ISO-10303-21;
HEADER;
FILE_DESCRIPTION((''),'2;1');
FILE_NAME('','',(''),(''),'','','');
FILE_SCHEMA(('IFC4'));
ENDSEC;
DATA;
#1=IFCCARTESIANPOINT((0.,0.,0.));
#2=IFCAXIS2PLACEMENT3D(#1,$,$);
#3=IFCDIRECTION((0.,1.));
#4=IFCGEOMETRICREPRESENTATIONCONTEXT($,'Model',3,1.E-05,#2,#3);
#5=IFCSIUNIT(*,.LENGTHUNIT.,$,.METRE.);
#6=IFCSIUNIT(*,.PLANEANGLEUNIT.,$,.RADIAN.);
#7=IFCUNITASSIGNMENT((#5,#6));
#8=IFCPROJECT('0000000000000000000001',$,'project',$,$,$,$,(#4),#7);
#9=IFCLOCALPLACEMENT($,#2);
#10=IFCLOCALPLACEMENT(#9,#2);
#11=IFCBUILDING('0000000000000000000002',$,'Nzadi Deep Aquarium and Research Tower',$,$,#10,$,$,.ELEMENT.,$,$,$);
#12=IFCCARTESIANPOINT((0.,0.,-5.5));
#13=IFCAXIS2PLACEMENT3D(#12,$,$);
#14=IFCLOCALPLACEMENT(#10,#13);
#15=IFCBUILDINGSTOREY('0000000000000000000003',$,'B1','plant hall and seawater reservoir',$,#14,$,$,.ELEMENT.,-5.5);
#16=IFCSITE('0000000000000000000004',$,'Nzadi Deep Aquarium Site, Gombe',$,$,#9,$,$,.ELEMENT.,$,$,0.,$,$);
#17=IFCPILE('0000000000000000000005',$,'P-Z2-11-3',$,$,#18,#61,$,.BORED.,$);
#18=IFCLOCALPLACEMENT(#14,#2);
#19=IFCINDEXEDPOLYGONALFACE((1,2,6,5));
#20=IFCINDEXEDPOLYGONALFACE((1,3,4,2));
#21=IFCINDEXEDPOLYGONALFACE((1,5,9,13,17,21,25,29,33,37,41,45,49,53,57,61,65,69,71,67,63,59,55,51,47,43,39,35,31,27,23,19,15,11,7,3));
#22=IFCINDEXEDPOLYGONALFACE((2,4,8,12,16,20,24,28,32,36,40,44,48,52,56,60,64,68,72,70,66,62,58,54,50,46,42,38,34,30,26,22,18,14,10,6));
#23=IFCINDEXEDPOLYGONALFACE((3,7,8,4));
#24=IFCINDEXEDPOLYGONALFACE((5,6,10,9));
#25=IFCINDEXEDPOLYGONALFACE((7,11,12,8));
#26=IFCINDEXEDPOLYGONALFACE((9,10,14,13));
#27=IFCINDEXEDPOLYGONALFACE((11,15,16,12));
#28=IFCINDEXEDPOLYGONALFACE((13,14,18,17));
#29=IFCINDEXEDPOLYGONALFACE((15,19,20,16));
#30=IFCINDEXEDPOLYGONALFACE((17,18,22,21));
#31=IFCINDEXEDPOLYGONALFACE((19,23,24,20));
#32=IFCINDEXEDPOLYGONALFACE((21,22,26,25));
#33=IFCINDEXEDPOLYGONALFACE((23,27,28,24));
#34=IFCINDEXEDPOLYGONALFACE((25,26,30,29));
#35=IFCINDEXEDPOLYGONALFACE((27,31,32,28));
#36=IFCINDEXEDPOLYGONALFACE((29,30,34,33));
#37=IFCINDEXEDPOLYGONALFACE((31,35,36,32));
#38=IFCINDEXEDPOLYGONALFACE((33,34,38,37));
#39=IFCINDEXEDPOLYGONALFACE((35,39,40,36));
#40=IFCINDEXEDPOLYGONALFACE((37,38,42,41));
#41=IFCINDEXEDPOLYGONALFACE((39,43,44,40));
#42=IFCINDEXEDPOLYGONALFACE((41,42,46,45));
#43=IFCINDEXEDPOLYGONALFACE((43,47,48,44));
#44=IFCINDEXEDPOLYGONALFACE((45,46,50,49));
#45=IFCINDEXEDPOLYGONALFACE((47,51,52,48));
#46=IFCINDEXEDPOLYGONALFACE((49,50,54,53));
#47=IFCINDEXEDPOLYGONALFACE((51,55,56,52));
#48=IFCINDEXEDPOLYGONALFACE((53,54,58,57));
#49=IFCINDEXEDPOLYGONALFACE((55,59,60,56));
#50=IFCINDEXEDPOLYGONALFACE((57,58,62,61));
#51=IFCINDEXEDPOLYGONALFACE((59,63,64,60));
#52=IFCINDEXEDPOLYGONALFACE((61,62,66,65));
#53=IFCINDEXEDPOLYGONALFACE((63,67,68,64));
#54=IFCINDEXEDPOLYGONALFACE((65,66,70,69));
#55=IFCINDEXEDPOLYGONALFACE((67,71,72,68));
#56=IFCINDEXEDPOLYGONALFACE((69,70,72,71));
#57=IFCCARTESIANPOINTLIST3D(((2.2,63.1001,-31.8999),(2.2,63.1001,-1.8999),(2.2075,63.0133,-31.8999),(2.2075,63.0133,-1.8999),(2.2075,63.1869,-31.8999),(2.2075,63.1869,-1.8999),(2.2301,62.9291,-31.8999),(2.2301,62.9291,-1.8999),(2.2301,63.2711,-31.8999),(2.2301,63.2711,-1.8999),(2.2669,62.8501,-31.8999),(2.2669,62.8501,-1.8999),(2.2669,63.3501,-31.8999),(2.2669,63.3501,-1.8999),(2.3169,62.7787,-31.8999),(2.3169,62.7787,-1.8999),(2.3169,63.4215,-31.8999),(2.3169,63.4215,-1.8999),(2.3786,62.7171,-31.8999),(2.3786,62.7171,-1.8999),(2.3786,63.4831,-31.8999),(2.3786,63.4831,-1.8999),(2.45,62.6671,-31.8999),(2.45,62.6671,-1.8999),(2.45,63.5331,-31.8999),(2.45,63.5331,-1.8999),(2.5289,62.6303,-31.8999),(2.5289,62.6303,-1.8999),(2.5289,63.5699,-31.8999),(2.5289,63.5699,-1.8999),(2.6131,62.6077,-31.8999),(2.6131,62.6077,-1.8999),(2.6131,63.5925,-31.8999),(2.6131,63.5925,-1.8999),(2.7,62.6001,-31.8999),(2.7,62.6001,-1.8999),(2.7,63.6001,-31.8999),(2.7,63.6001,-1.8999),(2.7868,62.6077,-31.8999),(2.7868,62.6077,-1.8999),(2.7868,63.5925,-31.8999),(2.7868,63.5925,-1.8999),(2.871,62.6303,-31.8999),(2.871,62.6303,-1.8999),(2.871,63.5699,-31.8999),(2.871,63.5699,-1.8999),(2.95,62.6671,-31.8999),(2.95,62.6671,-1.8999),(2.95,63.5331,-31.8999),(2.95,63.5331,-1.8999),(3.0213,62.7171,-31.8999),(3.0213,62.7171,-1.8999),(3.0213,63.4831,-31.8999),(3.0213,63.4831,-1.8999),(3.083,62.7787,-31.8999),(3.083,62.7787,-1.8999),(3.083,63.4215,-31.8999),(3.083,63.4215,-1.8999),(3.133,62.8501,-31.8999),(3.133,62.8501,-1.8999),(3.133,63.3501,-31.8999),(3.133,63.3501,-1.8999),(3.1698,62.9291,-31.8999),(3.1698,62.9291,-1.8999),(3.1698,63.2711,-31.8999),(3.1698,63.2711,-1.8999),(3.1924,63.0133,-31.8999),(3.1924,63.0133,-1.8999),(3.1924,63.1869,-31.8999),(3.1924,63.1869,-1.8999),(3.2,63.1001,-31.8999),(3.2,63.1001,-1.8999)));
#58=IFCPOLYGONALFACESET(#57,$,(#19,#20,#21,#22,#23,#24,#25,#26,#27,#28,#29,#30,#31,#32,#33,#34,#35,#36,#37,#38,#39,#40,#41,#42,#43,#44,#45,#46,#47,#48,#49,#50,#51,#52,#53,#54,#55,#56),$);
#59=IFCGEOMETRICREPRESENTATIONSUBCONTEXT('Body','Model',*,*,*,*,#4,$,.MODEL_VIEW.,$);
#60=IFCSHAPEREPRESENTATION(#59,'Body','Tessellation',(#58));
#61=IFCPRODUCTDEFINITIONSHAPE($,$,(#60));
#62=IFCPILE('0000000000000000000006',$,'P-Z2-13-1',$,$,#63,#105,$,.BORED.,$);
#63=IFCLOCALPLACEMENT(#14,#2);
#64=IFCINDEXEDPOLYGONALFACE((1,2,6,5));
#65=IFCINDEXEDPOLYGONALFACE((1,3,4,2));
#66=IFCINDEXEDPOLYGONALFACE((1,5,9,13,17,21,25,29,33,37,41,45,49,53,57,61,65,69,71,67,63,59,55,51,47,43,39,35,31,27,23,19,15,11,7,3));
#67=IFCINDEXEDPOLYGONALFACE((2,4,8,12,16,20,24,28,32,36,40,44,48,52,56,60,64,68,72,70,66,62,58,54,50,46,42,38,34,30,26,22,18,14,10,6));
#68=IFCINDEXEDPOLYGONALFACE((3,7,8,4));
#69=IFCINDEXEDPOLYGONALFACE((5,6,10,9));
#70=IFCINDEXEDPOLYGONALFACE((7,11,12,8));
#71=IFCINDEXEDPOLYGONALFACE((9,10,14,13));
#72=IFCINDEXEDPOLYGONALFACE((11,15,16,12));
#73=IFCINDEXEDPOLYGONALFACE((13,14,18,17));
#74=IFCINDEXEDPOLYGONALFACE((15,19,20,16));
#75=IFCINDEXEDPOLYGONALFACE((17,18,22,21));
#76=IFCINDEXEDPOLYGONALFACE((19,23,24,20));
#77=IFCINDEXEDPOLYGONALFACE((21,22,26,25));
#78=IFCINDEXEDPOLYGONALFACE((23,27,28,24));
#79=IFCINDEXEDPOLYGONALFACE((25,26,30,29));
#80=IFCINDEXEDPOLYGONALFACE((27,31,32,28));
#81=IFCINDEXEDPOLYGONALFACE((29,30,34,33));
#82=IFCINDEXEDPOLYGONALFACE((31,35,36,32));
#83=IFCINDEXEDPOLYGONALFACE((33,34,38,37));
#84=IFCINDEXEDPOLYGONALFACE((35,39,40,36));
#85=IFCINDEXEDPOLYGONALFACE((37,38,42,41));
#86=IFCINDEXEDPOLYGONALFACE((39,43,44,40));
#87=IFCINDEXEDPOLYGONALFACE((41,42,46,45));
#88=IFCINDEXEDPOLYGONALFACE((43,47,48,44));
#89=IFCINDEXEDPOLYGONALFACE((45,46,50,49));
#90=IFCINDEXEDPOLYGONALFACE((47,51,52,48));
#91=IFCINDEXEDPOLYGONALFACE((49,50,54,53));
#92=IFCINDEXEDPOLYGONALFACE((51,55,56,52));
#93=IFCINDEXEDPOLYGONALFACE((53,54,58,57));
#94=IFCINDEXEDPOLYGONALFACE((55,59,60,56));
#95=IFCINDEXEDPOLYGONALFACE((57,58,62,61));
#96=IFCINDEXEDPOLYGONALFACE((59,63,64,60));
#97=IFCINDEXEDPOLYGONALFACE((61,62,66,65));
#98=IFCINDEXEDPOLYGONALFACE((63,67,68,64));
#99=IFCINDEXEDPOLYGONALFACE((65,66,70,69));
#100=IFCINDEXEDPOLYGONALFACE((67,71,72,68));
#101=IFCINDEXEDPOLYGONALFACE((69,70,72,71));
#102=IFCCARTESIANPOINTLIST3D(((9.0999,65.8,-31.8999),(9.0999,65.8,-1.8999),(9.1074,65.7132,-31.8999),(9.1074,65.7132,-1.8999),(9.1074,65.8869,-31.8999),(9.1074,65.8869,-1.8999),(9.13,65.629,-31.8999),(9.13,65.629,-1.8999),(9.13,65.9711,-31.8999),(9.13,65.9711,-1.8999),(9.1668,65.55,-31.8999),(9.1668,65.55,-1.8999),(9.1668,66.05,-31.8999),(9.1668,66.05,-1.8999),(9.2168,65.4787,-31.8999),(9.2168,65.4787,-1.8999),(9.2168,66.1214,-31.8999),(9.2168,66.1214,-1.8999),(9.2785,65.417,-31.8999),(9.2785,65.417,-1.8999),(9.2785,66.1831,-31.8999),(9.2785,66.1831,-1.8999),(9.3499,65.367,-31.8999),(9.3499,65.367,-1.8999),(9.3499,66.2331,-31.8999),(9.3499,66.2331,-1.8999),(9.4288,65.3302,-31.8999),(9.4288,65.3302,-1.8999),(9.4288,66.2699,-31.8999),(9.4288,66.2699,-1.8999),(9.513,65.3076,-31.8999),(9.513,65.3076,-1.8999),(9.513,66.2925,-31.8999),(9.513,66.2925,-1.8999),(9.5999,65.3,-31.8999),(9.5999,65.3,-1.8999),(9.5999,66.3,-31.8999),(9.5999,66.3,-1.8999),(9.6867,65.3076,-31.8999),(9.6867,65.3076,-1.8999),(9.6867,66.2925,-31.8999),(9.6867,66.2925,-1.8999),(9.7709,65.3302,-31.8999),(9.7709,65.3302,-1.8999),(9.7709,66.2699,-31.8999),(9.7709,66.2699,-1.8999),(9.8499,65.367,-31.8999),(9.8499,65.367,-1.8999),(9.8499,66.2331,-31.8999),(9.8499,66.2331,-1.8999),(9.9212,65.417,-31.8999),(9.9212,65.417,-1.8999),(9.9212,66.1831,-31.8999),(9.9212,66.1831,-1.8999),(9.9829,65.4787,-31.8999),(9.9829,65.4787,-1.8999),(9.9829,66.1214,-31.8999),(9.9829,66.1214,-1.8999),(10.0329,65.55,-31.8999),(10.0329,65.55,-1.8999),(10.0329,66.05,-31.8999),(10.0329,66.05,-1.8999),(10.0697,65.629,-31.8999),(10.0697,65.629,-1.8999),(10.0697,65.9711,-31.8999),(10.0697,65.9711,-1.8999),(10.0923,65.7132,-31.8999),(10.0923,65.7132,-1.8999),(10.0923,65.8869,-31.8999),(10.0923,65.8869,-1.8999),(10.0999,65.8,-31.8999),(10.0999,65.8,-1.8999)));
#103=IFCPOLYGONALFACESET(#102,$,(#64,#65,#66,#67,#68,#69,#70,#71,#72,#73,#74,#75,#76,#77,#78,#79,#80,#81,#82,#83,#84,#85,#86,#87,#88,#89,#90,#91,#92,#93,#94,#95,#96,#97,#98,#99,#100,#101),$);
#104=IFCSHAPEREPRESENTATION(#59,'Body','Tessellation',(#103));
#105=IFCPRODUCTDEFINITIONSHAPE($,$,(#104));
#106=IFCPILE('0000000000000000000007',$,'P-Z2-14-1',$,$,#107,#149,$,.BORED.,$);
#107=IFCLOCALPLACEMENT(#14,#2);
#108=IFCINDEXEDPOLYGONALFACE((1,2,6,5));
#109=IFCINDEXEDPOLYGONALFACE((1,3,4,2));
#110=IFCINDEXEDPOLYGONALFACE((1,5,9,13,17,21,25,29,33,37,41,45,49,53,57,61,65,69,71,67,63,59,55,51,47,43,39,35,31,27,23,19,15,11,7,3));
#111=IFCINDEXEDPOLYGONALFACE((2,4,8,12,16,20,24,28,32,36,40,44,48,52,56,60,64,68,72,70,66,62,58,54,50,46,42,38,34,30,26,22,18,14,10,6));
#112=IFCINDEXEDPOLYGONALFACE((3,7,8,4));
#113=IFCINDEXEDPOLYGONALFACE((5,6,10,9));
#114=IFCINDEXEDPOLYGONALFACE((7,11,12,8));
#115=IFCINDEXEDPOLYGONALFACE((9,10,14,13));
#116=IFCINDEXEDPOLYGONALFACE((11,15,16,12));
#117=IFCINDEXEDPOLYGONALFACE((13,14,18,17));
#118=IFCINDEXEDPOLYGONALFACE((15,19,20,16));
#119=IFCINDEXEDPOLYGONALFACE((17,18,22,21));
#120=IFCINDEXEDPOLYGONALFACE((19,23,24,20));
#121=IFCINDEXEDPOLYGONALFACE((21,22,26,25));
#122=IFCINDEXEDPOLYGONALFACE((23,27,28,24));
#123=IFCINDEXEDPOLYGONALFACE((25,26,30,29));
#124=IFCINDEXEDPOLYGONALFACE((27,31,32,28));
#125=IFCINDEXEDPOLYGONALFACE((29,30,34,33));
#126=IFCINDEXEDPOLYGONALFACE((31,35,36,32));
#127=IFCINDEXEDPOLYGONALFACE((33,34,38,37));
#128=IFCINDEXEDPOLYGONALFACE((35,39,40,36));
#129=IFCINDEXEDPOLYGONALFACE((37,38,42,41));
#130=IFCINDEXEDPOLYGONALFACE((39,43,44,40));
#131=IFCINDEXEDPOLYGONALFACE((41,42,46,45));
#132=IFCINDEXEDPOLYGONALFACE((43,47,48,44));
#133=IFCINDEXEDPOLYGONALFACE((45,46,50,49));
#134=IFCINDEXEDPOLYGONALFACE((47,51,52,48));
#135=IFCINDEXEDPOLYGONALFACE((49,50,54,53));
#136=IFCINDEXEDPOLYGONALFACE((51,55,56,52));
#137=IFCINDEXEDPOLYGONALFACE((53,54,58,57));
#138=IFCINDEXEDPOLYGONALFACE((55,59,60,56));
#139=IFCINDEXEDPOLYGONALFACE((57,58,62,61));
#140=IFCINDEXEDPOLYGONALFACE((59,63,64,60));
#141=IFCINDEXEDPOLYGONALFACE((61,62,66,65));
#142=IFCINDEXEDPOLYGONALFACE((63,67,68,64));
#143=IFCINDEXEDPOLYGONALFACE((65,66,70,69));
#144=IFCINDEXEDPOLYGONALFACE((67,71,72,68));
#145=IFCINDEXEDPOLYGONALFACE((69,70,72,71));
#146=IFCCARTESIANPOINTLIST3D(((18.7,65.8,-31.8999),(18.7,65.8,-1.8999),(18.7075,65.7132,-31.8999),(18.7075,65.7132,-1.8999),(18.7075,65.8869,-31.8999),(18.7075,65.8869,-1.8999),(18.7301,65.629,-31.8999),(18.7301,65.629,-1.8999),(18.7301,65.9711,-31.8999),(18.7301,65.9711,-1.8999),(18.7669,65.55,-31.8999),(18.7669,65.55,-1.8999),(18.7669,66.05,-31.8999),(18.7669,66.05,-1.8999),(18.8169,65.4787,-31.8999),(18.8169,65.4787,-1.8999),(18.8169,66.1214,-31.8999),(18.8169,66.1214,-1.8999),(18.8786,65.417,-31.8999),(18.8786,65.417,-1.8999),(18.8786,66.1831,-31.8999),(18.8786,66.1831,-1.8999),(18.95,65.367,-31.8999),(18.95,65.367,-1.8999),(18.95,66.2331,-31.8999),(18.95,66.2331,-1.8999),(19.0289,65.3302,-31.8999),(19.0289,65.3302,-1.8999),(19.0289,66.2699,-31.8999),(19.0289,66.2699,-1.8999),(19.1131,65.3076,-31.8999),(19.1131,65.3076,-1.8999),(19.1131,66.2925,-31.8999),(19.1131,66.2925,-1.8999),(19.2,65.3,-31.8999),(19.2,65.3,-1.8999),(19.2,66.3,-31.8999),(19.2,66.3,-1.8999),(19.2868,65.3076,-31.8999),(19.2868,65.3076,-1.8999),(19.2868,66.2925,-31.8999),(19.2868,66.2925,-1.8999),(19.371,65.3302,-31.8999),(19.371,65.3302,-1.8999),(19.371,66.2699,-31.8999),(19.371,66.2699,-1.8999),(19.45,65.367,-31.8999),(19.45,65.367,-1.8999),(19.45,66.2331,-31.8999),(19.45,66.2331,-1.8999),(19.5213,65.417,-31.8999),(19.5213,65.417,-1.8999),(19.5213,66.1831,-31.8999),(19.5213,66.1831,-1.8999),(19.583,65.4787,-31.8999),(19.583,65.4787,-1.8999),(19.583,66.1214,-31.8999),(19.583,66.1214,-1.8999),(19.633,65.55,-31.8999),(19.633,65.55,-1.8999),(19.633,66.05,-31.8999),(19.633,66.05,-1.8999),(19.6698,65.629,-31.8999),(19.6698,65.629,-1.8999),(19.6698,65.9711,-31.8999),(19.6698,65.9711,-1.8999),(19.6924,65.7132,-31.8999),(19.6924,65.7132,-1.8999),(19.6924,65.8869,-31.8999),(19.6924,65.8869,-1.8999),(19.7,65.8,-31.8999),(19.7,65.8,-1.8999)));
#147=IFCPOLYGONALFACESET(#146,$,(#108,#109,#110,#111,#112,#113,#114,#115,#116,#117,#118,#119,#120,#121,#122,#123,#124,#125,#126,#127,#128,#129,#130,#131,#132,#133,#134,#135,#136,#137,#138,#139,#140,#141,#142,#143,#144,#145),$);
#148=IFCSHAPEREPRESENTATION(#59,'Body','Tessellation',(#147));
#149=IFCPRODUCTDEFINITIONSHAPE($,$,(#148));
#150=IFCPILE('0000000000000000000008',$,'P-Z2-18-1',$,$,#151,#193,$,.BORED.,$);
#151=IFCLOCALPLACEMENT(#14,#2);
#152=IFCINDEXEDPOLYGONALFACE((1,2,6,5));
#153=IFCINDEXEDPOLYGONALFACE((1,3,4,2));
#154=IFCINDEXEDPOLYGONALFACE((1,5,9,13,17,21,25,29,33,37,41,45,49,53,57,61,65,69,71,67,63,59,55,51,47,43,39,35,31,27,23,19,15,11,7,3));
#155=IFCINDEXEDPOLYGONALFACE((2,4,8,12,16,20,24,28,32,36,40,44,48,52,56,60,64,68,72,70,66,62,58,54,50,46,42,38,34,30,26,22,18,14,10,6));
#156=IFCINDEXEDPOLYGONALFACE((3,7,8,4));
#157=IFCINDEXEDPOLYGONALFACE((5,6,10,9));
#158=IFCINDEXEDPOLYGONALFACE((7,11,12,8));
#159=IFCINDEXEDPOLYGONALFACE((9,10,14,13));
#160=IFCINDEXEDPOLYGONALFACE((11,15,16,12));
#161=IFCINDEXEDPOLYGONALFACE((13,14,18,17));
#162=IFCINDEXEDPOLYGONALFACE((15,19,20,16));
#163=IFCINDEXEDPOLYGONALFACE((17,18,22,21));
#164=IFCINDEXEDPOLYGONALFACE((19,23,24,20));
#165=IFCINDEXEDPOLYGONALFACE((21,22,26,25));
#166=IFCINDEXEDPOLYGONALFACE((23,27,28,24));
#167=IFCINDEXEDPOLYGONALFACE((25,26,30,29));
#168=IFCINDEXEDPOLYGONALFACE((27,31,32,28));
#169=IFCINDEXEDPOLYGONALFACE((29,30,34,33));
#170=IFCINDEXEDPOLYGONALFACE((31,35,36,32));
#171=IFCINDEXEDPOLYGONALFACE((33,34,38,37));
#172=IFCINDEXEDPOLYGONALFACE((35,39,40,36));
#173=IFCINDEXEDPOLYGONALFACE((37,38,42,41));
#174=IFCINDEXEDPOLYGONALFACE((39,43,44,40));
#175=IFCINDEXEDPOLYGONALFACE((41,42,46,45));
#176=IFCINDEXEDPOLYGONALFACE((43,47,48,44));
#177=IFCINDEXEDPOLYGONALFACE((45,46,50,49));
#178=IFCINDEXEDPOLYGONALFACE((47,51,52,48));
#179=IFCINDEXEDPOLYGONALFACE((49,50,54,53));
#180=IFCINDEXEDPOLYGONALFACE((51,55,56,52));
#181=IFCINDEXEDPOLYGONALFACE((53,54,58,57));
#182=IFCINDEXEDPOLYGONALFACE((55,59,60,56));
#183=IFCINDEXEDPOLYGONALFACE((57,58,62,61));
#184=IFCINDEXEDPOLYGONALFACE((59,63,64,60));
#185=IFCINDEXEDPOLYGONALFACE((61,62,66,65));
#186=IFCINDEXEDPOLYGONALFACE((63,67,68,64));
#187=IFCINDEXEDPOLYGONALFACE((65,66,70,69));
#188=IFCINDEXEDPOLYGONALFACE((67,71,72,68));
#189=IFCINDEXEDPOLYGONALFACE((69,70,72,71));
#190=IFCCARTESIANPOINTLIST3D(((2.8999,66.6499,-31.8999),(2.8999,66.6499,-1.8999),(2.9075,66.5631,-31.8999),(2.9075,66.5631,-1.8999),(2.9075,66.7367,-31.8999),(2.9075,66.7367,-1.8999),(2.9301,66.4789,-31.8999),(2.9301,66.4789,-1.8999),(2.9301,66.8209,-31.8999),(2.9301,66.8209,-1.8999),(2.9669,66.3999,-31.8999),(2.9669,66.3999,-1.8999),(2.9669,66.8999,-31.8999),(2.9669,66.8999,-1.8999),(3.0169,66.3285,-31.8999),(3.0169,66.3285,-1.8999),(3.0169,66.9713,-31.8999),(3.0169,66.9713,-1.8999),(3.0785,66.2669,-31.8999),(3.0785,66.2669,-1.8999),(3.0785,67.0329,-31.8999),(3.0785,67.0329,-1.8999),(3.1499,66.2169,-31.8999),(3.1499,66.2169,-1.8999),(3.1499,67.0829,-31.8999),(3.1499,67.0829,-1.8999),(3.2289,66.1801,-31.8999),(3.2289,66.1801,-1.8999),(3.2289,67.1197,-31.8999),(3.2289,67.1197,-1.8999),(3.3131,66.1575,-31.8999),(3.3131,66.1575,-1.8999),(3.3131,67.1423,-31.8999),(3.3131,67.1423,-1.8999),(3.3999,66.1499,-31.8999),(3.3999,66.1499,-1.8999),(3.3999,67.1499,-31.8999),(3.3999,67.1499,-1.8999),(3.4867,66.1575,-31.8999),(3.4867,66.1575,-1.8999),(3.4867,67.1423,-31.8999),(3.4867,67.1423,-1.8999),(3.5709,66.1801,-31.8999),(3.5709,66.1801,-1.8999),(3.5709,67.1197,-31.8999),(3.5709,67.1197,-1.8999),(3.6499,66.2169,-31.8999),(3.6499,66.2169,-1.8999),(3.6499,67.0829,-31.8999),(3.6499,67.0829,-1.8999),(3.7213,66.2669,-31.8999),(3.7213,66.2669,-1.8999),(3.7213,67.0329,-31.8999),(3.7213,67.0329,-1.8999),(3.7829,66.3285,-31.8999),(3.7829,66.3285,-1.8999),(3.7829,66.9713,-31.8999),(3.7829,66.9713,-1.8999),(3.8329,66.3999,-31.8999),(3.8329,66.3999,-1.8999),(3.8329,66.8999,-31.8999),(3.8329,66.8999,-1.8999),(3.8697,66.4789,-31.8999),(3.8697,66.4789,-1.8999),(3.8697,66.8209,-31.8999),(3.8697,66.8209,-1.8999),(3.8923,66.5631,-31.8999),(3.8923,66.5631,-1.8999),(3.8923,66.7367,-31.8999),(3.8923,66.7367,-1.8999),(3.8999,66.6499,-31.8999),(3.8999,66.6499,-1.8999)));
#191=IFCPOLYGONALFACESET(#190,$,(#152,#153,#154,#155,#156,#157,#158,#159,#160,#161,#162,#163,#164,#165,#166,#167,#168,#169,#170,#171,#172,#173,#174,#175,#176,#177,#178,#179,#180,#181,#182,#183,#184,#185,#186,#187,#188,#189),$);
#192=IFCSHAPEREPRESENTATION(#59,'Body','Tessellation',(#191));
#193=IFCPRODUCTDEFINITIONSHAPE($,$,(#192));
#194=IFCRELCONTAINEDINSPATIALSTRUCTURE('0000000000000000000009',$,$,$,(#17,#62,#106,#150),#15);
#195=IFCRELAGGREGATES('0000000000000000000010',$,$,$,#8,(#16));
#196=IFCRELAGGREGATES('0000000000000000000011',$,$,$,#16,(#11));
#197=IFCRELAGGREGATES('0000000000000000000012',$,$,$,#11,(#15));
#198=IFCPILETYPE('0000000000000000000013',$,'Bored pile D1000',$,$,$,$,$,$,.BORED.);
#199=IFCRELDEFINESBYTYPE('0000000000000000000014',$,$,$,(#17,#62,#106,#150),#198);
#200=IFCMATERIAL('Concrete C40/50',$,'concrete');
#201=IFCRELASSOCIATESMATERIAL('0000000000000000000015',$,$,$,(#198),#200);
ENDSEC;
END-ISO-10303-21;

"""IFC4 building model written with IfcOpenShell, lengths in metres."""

from ifc_helpers import new_model, si_unit, direction, frame, origin, origin_2d, place, context, subcontext, project, spatial, circle, extrude, material, material_profile, profile_set, type_object, element, save


model = new_model("IFC4")

# Units and contexts
model_context = context("Model", 3, precision=1e-05, world=origin(), true_north=direction((0.0, 1.0)))
body_context = subcontext(model_context, "Body", "Model", "MODEL_VIEW")
ifc_project = project(units=[si_unit("LENGTHUNIT", "METRE"), si_unit("PLANEANGLEUNIT", "RADIAN")], contexts=[model_context])

# Site, building, storey
site_placement = place(None, origin())
site = spatial("IfcSite", under=ifc_project, at=site_placement, Name="Nzadi Deep Aquarium Site, Gombe", CompositionType="ELEMENT", RefElevation=0.0)
building_placement = place(site_placement, origin())
building = spatial("IfcBuilding", under=site, at=building_placement, Name="Nzadi Deep Aquarium and Research Tower", CompositionType="ELEMENT")
storey_placement = place(building_placement, frame((0.0, 0.0, -5.5)))
storey = spatial("IfcBuildingStorey", under=building, at=storey_placement, Name="B1", Description="plant hall and seawater reservoir", CompositionType="ELEMENT", Elevation=-5.5)

# Piles
ifc_material_1 = material(Name="Concrete C40/50", Category="concrete")
ifc_material_profile_1 = material_profile(ifc_material_1, circle(Radius=0.5, at=origin_2d()))
ifc_profile_set_1 = profile_set([ifc_material_profile_1], Name="Concrete C40/50")
pile_type = type_object("IfcPileType", Name="Bored pile D1000", PredefinedType="BORED", material=ifc_profile_set_1)
for number, where, z_axis, x_axis, name in (
    (1, (2.7, 63.1001, -1.8999), (0.0, 0.0, -1.0), (1.0, 0.0, 0.0), "P-Z2-11-3"),
    (2, (9.5999, 65.8, -1.8999), (0.0, 0.0, -1.0), (1.0, 0.0, 0.0), "P-Z2-13-1"),
    (3, (19.2, 65.8, -1.8999), (0.0, 0.0, -1.0), (1.0, 0.0, 0.0), "P-Z2-14-1"),
    (4, (3.3999, 66.6499, -1.8999), (0.0, 0.0, -1.0), (1.0, 0.0, 0.0), "P-Z2-18-1"),
):
    element("IfcPile", number, at=place(storey_placement, frame(where, z_axis=z_axis, x_axis=x_axis)), inside=storey, type_object=pile_type, Name=name, PredefinedType="BORED", context=body_context, shape_type="SweptSolid", body=[
        extrude(circle(Radius=0.5, at=origin_2d()), origin(), (0.0, 0.0, 1.0), 30.0),
    ])

save(model, "model.ifc")
